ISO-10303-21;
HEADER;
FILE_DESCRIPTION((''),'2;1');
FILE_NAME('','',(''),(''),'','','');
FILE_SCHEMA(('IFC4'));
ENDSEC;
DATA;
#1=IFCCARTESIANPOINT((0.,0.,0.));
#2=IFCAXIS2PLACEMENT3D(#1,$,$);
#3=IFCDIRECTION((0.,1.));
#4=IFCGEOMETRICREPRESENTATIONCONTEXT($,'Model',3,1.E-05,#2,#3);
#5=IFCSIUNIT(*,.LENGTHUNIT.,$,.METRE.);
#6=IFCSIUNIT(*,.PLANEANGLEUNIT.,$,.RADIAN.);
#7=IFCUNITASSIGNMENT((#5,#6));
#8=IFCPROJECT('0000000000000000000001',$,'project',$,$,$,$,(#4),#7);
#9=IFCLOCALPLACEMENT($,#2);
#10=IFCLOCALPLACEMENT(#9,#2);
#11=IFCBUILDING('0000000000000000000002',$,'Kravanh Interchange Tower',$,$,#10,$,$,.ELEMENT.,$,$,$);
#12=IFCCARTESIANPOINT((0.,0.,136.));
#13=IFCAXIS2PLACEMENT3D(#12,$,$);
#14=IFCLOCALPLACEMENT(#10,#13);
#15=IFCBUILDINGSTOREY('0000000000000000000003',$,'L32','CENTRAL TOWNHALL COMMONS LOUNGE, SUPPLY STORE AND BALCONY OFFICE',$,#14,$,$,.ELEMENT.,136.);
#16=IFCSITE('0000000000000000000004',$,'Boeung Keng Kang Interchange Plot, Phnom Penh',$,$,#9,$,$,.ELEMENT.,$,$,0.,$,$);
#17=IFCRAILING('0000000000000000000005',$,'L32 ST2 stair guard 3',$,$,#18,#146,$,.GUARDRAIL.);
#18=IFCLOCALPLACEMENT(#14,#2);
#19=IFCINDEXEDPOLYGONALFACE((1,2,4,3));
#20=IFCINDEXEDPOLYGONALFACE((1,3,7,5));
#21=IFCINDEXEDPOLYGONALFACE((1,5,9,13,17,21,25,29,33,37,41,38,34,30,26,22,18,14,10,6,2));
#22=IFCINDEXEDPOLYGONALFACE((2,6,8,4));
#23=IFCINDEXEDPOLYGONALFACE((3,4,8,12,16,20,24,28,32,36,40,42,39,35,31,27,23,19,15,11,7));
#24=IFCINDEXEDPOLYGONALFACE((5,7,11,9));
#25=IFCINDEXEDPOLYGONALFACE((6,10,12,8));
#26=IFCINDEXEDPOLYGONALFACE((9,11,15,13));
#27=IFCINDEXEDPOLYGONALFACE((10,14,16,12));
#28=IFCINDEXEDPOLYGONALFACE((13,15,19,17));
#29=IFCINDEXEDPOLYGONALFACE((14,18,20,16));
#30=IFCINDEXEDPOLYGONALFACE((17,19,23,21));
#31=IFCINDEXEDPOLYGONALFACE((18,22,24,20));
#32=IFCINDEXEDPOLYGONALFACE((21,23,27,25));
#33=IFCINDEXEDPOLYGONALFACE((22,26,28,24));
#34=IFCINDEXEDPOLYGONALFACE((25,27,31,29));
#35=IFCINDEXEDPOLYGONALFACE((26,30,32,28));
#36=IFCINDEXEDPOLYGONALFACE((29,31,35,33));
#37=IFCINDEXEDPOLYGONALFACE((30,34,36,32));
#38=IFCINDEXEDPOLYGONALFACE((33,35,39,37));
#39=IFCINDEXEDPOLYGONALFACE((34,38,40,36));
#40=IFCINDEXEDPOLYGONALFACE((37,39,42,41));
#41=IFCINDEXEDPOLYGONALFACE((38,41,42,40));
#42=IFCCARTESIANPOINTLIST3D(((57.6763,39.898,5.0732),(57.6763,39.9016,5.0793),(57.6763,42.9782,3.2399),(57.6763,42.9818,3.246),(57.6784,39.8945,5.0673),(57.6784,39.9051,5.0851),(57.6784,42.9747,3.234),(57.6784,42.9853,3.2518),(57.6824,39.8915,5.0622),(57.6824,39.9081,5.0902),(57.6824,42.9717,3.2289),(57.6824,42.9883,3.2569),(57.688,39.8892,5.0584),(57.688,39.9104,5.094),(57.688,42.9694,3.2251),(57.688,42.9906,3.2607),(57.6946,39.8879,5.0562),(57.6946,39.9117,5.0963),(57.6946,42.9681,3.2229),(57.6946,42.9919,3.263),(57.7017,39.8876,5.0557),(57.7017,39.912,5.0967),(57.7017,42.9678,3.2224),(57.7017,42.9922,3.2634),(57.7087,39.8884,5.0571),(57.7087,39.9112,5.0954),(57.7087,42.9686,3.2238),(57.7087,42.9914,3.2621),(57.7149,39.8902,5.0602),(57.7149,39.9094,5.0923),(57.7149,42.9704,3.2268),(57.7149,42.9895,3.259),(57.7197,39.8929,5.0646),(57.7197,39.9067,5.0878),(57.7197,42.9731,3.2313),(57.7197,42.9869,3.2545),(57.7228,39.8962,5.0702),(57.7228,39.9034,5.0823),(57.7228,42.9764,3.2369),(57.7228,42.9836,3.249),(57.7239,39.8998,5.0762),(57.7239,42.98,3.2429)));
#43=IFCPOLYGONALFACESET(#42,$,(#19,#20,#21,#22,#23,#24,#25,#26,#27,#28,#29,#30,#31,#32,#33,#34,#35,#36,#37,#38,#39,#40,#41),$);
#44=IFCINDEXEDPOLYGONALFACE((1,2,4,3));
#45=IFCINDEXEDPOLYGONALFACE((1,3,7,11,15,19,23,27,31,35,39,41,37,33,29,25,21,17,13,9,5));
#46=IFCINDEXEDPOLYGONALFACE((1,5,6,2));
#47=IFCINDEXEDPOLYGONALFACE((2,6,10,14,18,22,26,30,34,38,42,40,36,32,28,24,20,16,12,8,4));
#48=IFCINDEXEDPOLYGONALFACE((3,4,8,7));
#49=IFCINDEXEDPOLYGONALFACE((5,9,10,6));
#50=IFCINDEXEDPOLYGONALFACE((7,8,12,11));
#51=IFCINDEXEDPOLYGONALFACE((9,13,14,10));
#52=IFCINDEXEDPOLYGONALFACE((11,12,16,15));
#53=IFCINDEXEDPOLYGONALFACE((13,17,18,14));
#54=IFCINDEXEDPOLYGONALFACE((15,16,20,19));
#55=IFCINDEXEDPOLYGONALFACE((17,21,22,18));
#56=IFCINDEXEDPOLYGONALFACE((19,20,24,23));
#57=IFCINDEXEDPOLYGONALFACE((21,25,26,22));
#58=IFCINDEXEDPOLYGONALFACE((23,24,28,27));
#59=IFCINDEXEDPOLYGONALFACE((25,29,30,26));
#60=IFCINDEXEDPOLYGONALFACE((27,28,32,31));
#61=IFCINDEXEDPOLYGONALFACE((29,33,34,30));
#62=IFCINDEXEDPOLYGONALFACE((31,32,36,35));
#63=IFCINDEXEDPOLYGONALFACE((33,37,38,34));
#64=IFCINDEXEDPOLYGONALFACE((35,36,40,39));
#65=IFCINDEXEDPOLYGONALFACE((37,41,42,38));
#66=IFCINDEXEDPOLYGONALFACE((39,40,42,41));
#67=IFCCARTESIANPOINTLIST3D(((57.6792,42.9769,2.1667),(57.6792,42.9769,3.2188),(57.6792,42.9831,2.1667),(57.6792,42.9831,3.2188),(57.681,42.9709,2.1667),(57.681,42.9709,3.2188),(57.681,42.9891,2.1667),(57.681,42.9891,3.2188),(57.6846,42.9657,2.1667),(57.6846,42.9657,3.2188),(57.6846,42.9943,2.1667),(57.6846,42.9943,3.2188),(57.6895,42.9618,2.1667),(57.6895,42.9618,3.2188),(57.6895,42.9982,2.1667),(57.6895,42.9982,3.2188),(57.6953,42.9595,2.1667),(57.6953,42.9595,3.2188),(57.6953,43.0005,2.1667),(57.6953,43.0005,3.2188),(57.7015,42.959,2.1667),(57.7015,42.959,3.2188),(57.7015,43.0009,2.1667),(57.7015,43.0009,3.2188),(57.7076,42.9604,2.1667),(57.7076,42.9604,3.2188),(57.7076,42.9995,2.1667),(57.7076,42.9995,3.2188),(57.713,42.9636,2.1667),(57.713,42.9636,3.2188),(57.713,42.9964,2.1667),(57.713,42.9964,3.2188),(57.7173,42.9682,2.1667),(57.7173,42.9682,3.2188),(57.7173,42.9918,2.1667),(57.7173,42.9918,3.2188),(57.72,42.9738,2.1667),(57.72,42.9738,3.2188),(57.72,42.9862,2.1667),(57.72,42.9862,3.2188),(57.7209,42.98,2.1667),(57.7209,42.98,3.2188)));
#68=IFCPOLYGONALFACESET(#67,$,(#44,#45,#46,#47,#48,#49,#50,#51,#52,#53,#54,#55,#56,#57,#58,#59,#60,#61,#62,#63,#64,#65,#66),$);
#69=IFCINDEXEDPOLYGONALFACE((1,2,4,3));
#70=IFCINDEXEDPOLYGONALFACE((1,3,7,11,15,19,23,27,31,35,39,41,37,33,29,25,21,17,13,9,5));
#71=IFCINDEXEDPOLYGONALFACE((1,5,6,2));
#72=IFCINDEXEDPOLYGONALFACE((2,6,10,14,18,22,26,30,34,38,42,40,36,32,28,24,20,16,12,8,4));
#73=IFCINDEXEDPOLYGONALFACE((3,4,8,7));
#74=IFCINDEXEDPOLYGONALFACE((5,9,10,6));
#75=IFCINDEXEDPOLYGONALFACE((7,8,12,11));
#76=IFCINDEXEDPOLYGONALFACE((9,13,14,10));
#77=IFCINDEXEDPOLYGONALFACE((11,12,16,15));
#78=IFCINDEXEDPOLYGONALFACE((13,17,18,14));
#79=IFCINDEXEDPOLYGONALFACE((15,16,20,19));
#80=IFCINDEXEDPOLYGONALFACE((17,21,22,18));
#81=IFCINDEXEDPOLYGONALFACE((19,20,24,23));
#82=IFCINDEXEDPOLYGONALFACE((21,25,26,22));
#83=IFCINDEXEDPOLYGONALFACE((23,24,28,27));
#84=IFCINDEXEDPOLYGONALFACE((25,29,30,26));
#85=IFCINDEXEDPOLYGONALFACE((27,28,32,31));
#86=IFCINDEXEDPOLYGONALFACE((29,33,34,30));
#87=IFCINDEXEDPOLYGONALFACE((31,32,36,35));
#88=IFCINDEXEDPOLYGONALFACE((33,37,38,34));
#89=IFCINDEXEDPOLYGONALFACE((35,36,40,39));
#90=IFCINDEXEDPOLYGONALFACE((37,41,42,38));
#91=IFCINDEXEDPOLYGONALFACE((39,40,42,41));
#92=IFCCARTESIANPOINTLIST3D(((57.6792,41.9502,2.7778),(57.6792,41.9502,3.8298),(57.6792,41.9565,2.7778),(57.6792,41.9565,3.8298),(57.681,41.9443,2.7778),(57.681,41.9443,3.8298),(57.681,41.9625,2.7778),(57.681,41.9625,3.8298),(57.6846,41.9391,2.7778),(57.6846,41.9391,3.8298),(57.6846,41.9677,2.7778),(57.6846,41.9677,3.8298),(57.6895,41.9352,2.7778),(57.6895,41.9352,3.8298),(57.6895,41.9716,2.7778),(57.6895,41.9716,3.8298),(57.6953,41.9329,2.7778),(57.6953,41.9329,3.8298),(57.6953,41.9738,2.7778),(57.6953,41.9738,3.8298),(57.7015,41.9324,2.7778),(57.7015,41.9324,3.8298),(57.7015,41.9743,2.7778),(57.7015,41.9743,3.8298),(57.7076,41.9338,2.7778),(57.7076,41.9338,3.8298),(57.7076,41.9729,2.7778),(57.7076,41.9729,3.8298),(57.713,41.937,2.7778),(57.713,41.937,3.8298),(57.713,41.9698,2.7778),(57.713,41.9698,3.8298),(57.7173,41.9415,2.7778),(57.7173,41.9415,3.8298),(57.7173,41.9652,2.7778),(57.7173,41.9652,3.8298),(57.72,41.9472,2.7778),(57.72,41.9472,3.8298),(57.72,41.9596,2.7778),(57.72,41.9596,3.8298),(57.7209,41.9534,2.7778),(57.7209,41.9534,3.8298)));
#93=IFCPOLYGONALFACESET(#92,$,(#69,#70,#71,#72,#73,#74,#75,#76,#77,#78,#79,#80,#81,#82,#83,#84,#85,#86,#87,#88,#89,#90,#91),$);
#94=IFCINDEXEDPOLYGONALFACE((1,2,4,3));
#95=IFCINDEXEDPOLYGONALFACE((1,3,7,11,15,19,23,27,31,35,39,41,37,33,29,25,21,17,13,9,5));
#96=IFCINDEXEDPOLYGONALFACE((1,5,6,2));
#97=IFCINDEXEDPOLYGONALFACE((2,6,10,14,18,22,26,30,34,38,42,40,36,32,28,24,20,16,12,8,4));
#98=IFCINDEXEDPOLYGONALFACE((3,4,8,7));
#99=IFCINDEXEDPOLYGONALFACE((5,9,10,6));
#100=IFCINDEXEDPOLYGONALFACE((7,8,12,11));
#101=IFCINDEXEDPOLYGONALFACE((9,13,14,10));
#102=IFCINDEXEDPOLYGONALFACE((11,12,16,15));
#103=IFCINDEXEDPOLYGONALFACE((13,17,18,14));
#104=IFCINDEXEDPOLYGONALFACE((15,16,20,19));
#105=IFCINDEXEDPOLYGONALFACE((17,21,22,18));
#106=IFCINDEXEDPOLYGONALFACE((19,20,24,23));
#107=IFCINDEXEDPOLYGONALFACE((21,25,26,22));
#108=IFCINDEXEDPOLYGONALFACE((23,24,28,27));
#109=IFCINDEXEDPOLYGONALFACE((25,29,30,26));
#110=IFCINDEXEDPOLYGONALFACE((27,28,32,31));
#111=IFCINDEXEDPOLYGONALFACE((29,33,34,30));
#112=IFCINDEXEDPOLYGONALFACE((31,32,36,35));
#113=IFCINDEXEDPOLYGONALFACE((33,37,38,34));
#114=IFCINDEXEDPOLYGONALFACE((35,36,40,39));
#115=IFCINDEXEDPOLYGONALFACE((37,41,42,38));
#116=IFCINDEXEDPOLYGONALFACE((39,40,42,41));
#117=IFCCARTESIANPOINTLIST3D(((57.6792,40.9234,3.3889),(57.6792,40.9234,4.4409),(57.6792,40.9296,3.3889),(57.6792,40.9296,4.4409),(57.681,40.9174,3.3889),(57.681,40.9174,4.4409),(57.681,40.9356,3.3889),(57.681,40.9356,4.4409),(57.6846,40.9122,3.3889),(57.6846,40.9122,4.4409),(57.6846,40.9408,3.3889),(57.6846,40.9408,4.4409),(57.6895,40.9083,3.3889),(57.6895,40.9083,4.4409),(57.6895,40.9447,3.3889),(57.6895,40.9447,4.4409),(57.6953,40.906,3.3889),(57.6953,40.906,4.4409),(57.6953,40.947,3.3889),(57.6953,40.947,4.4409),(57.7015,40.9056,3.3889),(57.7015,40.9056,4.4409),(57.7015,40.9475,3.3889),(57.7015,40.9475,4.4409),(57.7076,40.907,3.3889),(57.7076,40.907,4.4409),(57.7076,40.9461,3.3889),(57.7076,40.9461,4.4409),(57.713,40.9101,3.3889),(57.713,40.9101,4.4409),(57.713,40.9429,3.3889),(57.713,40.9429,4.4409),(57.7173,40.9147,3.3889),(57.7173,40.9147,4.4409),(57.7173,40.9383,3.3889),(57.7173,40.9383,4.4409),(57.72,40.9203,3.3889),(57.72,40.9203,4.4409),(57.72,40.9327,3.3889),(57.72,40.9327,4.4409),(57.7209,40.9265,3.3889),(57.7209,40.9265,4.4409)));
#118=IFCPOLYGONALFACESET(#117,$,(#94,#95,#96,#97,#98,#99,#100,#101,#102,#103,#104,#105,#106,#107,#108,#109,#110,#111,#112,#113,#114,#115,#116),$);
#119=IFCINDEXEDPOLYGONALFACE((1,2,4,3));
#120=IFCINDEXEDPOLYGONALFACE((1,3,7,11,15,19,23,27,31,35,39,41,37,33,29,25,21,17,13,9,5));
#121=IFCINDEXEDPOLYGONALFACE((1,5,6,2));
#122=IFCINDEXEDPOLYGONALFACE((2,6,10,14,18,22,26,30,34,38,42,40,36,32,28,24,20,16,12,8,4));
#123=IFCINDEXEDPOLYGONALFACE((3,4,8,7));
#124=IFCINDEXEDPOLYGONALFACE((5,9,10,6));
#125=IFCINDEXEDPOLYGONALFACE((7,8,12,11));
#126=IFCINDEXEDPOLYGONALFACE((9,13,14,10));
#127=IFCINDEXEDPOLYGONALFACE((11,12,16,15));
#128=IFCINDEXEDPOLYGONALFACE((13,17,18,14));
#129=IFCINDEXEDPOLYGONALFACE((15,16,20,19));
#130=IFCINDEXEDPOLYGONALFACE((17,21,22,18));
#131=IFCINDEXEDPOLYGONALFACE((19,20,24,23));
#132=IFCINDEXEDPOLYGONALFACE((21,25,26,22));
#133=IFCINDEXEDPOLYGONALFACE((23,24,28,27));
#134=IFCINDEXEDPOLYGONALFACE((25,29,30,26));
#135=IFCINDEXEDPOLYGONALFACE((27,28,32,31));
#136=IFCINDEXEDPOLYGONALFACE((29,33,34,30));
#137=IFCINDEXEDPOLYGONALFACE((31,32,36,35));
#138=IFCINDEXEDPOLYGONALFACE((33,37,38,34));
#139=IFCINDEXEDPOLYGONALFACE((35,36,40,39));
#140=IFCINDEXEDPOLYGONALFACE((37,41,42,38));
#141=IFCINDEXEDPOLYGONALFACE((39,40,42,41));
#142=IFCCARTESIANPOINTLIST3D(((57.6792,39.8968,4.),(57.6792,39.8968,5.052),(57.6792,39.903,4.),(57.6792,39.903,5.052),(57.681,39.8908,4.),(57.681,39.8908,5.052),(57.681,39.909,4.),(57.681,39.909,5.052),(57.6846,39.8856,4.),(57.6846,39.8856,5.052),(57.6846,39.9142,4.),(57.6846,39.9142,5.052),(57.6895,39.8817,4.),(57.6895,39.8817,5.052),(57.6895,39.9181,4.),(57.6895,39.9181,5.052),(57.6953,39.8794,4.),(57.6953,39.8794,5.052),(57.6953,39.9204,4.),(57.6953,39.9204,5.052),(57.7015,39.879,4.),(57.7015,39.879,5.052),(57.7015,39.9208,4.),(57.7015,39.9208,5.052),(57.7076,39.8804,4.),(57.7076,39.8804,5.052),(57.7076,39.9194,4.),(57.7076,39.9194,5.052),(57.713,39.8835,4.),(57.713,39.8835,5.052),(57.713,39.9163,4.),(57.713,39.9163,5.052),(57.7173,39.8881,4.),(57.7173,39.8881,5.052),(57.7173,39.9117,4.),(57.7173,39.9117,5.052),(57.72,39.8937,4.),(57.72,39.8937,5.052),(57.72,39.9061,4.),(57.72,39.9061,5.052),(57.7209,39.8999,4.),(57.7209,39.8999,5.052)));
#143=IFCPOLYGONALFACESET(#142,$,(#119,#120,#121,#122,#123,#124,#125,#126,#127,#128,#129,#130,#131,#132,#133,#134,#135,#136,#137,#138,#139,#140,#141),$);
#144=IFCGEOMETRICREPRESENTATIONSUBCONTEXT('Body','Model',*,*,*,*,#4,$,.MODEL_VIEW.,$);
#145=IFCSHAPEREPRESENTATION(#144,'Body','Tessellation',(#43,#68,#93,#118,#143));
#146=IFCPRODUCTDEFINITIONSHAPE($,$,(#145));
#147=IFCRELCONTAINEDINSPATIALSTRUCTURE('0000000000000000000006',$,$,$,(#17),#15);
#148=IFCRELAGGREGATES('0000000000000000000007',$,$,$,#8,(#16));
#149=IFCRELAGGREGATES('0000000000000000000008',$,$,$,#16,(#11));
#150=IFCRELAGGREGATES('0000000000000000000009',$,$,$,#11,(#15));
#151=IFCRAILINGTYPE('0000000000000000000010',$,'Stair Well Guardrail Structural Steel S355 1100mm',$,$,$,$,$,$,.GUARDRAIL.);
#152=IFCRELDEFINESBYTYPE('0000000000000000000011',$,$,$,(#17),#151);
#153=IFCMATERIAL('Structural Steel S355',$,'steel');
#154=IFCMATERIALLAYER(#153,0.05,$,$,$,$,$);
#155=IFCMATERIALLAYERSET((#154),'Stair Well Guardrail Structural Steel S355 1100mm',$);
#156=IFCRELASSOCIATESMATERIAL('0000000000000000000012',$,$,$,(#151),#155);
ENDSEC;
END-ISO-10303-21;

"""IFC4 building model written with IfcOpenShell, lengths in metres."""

from ifc_helpers import new_model, si_unit, direction, frame, origin, origin_2d, place, context, subcontext, project, spatial, circle, extrude, material, layer, layer_set, type_object, element, save


model = new_model("IFC4")

# Units and contexts
model_context = context("Model", 3, precision=1e-05, world=origin(), true_north=direction((0.0, 1.0)))
body_context = subcontext(model_context, "Body", "Model", "MODEL_VIEW")
ifc_project = project(units=[si_unit("LENGTHUNIT", "METRE"), si_unit("PLANEANGLEUNIT", "RADIAN")], contexts=[model_context])

# Site, building, storey
site_placement = place(None, origin())
site = spatial("IfcSite", under=ifc_project, at=site_placement, Name="Boeung Keng Kang Interchange Plot, Phnom Penh", CompositionType="ELEMENT", RefElevation=0.0)
building_placement = place(site_placement, origin())
building = spatial("IfcBuilding", under=site, at=building_placement, Name="Kravanh Interchange Tower", CompositionType="ELEMENT")
storey_placement = place(building_placement, frame((0.0, 0.0, 136.0)))
storey = spatial("IfcBuildingStorey", under=building, at=storey_placement, Name="L32", Description="CENTRAL TOWNHALL COMMONS LOUNGE, SUPPLY STORE AND BALCONY OFFICE", CompositionType="ELEMENT", Elevation=136.0)

# Railing
ifc_material_1 = material(Name="Structural Steel S355", Category="steel")
ifc_layer_1 = layer(ifc_material_1, 0.05)
ifc_layer_set_1 = layer_set([ifc_layer_1], Name="Stair Well Guardrail Structural Steel S355 1100mm")
railing_type_1 = type_object("IfcRailingType", Name="Stair Well Guardrail Structural Steel S355 1100mm", PredefinedType="GUARDRAIL", material=ifc_layer_set_1)
railing_1_placement = place(storey_placement, frame((57.7, 42.98, 2.1667)))
element("IfcRailing", 1, at=railing_1_placement, inside=storey, type_object=railing_type_1, Name="L32 ST2 stair guard 3", PredefinedType="GUARDRAIL", context=body_context, shape_type="SweptSolid", body=[
    extrude(circle(Radius=0.0239, at=origin_2d()), frame((0.0, 0.0, 1.0762), z_axis=(0.0, -0.859309, 0.511458), x_axis=(1.0, 0.0, 0.0)), (0.0, 0.0, 1.0), 3.5845),
    extrude(circle(Radius=0.021, at=origin_2d()), origin(), (0.0, 0.0, 1.0), 1.052),
    extrude(circle(Radius=0.021, at=origin_2d()), frame((0.0, -1.0266, 0.6111)), (0.0, 0.0, 1.0), 1.052),
    extrude(circle(Radius=0.021, at=origin_2d()), frame((0.0, -2.0535, 1.2222)), (0.0, 0.0, 1.0), 1.052),
    extrude(circle(Radius=0.021, at=origin_2d()), frame((0.0, -3.0801, 1.8333)), (0.0, 0.0, 1.0), 1.052),
])

save(model, "model.ifc")
